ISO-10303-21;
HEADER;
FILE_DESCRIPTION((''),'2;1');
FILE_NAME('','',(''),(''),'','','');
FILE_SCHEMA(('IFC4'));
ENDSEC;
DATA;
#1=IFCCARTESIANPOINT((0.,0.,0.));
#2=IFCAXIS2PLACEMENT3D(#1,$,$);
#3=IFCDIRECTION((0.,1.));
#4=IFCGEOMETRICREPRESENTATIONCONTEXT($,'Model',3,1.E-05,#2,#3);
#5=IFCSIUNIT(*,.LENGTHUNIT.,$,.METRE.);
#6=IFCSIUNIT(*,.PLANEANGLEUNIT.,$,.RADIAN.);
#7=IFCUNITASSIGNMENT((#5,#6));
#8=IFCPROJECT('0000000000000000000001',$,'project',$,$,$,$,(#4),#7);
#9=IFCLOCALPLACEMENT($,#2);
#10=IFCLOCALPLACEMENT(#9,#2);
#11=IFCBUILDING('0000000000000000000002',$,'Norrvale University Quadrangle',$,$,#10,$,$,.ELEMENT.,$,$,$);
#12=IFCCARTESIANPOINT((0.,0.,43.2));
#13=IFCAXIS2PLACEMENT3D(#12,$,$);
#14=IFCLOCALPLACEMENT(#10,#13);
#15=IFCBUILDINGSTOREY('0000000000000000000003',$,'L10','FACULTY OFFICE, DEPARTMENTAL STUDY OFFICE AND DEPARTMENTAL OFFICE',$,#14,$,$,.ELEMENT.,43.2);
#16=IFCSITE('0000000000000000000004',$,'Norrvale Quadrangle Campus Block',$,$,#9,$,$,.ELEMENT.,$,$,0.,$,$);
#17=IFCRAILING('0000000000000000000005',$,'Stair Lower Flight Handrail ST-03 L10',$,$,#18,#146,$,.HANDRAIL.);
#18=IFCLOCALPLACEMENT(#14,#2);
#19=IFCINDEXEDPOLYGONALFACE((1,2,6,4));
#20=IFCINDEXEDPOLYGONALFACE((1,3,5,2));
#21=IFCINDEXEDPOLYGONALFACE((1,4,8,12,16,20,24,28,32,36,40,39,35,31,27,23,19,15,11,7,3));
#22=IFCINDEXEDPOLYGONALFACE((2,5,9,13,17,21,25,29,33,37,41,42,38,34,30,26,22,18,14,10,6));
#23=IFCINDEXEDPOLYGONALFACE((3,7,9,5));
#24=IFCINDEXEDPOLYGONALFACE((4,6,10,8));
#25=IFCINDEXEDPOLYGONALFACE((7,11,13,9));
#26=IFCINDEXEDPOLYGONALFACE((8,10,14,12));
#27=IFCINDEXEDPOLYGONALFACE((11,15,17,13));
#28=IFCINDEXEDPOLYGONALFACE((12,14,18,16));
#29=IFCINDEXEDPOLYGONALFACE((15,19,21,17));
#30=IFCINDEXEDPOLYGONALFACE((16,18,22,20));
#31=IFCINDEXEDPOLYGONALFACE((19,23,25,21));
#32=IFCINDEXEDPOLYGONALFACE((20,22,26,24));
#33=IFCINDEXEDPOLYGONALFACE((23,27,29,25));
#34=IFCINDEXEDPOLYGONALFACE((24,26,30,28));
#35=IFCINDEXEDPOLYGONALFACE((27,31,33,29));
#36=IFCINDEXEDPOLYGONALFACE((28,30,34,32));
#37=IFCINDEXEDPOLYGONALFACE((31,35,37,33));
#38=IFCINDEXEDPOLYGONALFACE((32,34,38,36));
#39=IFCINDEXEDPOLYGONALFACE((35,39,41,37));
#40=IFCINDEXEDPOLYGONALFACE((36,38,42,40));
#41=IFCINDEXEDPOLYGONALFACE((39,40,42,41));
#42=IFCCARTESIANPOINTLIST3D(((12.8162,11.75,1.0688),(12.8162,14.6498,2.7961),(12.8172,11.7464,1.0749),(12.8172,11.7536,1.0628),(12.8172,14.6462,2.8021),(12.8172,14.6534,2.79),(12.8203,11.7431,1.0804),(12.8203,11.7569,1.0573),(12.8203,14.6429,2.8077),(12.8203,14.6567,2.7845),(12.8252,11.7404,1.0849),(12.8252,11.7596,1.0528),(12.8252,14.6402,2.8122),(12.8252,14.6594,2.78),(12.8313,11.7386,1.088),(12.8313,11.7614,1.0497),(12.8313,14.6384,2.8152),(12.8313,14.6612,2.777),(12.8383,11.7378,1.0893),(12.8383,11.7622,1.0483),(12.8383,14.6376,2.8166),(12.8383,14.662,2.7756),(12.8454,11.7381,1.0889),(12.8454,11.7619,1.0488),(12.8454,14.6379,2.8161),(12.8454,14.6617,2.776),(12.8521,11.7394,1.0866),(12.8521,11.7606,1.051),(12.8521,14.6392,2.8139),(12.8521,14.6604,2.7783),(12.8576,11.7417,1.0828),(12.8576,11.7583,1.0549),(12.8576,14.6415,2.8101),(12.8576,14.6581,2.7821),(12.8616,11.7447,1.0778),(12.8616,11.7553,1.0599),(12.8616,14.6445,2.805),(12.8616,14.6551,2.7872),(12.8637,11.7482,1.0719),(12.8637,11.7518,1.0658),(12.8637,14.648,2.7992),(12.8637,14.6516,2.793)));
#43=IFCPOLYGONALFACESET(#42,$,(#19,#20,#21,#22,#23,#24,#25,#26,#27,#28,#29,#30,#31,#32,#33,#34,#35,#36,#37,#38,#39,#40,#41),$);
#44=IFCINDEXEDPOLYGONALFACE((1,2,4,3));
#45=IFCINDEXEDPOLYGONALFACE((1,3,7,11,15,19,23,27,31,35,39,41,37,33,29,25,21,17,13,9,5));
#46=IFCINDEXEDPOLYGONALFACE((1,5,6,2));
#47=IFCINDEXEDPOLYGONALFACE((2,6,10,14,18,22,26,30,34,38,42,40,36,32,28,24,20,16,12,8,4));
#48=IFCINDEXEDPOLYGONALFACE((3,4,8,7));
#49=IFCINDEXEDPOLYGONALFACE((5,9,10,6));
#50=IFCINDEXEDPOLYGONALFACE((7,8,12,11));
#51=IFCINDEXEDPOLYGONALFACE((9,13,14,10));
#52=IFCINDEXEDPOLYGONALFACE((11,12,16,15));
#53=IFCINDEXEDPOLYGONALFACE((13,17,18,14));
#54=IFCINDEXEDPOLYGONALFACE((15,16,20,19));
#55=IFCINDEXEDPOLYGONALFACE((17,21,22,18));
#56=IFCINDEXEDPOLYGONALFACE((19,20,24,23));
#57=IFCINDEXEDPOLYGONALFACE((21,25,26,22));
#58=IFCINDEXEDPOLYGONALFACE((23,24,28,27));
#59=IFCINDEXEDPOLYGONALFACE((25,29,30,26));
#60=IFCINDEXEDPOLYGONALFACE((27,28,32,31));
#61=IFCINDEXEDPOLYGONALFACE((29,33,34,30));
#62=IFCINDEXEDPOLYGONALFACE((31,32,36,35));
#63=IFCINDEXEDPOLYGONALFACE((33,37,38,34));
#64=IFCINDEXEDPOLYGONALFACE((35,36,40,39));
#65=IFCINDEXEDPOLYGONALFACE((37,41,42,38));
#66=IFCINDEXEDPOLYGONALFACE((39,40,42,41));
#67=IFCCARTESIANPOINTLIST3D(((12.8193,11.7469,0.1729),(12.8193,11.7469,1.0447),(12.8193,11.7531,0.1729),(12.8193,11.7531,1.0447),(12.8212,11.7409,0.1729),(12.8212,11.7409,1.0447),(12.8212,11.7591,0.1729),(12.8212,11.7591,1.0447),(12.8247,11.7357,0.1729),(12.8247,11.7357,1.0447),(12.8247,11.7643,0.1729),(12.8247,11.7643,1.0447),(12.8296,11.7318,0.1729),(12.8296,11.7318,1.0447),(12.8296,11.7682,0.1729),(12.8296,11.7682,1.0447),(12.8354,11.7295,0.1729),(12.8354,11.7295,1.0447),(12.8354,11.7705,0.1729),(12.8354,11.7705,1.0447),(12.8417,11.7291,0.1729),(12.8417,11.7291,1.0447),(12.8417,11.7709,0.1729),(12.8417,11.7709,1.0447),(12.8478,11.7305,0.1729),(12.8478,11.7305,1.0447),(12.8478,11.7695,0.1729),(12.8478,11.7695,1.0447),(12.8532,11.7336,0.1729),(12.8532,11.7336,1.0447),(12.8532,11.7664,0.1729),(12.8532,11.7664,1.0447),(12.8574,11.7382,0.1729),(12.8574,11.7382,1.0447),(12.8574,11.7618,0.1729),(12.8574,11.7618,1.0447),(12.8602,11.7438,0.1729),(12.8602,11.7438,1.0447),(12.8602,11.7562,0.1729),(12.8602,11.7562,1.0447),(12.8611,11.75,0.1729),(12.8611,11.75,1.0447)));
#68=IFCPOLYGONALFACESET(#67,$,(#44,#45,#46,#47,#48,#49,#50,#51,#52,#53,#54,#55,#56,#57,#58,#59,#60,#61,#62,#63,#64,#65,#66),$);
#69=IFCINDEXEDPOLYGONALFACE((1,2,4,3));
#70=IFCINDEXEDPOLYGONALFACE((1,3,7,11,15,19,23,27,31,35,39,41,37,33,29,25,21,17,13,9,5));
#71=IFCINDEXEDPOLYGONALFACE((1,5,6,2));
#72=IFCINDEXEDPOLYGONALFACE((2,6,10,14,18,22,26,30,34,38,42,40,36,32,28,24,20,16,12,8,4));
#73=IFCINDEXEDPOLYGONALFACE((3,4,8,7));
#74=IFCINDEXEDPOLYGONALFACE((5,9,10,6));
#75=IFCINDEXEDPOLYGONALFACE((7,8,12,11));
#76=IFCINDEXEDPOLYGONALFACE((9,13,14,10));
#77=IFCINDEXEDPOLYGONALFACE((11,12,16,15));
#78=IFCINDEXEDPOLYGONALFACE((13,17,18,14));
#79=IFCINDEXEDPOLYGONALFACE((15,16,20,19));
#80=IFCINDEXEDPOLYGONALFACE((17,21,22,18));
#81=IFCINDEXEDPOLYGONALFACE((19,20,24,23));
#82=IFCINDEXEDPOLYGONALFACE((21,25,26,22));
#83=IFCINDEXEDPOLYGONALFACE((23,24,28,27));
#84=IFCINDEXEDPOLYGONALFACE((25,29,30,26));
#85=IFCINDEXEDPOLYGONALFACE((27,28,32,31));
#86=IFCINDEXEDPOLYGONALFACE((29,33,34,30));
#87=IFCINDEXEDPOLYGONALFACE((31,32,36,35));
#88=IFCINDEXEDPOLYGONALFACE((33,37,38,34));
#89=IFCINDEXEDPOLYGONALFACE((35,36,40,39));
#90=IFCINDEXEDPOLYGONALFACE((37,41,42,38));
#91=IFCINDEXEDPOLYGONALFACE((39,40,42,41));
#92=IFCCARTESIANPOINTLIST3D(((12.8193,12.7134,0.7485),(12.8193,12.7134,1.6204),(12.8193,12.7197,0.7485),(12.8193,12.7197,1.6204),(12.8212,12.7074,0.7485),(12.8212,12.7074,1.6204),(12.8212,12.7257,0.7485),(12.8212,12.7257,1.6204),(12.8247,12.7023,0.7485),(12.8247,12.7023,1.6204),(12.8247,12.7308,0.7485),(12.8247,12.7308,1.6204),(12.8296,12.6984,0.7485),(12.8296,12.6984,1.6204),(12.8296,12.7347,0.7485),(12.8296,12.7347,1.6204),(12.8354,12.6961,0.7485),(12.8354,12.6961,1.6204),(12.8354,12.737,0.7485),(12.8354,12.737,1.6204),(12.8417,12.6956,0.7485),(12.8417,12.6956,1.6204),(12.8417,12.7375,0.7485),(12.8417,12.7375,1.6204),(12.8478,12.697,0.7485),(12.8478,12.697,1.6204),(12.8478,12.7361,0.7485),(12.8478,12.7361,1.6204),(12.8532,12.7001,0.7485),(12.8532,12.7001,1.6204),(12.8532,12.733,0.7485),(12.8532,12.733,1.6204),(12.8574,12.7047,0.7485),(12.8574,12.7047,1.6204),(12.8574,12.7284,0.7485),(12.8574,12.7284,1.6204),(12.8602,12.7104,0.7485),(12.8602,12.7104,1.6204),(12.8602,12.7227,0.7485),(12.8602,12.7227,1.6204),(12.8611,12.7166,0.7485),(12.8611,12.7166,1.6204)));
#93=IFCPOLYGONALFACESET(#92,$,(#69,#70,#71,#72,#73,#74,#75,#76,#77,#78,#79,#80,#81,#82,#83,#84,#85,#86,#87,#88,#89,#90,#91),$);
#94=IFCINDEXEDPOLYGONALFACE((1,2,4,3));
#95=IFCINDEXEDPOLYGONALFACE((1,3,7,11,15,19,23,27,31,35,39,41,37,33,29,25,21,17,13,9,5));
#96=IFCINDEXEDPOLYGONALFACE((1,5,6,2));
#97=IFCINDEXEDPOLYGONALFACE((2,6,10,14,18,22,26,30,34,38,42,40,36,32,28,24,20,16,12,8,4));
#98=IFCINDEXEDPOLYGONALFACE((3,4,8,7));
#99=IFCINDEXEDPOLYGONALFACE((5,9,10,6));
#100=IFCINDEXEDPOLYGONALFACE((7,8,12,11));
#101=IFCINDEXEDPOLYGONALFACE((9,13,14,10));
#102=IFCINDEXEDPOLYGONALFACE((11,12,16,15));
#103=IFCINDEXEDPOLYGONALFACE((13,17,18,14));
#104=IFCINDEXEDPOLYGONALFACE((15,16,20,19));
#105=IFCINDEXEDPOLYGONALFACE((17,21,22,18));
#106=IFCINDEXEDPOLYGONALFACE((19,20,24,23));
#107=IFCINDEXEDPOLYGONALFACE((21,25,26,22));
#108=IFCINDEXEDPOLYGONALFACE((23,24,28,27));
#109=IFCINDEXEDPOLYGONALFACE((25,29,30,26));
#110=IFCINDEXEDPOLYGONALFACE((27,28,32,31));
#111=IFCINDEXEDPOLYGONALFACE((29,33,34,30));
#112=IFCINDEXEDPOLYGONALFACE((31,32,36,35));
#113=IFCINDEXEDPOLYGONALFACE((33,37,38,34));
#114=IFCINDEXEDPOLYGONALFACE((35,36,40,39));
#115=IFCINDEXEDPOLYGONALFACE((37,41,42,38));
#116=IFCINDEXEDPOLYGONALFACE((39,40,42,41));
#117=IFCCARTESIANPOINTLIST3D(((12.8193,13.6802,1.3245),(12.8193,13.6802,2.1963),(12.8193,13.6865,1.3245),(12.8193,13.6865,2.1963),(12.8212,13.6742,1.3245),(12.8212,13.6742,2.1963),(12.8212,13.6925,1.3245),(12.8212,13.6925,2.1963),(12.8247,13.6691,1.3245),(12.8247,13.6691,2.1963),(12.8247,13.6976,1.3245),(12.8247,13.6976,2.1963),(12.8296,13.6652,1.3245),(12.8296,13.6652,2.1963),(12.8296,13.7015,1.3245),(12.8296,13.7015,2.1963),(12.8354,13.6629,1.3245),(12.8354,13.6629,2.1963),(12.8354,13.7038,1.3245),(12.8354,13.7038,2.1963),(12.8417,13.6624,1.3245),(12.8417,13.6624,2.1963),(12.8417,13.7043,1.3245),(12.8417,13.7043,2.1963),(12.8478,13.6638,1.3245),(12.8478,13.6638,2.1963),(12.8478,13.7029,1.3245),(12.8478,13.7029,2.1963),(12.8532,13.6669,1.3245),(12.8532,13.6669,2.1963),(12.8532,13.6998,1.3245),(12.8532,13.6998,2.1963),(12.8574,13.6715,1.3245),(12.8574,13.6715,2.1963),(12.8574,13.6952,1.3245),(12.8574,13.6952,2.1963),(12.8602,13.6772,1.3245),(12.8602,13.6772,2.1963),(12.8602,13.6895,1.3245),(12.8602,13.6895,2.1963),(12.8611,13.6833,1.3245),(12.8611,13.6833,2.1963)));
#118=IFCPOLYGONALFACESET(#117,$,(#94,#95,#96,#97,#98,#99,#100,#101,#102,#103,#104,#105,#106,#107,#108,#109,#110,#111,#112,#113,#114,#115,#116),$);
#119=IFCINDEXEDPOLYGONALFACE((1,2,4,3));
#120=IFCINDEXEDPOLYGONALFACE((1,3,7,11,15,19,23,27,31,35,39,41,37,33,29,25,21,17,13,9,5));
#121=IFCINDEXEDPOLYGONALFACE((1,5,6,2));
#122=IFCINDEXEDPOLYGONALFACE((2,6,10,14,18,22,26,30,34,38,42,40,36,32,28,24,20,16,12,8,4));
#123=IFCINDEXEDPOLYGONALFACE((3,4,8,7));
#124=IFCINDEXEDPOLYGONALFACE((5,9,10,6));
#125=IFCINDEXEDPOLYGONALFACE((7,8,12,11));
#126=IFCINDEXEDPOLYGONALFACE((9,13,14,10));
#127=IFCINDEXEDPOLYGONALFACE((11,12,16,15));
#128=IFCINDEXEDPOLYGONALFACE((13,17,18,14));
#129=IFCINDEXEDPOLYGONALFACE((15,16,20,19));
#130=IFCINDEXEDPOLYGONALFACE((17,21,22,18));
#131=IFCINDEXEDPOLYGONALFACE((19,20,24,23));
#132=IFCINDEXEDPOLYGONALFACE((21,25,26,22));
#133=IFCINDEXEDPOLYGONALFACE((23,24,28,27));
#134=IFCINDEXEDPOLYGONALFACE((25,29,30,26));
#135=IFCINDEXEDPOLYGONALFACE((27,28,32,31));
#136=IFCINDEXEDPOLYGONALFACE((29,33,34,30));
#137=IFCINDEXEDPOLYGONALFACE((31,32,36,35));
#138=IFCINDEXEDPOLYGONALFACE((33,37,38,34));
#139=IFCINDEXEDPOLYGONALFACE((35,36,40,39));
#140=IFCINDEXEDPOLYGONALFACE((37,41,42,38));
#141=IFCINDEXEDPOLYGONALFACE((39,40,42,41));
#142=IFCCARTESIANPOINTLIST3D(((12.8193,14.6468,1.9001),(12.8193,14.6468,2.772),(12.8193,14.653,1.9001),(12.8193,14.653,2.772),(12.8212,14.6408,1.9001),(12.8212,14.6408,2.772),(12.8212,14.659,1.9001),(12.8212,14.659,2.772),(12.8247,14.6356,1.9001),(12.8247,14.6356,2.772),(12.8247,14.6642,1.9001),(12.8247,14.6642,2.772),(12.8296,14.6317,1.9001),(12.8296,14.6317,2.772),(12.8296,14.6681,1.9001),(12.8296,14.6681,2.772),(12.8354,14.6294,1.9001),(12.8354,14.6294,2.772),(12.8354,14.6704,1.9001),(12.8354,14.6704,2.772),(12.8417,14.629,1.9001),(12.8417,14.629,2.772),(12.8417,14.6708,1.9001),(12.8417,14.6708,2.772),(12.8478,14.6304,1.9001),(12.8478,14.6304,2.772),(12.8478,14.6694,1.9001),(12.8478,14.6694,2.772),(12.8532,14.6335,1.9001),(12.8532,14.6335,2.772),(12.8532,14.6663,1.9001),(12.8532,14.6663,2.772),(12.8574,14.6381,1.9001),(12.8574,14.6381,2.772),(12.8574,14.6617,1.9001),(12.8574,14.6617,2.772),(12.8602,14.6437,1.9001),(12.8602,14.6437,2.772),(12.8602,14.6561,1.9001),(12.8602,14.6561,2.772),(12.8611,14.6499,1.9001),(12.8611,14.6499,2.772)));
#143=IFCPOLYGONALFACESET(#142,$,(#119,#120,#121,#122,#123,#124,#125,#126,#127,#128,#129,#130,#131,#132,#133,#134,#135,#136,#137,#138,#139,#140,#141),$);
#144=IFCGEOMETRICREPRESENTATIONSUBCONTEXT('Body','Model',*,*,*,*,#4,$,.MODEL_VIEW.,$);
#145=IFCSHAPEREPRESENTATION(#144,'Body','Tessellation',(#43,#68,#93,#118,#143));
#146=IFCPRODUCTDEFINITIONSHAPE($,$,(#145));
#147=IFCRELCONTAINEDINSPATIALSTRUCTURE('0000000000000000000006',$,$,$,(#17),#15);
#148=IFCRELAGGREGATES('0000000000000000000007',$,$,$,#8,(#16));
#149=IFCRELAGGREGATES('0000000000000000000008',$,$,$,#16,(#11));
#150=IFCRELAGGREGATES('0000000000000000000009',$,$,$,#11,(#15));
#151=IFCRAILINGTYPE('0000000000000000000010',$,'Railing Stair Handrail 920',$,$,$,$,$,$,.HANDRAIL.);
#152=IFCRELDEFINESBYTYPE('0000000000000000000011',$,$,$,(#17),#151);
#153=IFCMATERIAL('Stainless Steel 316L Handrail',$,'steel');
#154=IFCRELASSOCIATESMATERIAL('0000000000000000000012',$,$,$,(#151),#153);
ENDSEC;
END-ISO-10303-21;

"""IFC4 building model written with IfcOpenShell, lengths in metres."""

from ifc_helpers import new_model, si_unit, direction, frame, origin, origin_2d, place, context, subcontext, project, spatial, circle, extrude, material, type_object, element, save


model = new_model("IFC4")

# Units and contexts
model_context = context("Model", 3, precision=1e-05, world=origin(), true_north=direction((0.0, 1.0)))
body_context = subcontext(model_context, "Body", "Model", "MODEL_VIEW")
ifc_project = project(units=[si_unit("LENGTHUNIT", "METRE"), si_unit("PLANEANGLEUNIT", "RADIAN")], contexts=[model_context])

# Site, building, storey
site_placement = place(None, origin())
site = spatial("IfcSite", under=ifc_project, at=site_placement, Name="Norrvale Quadrangle Campus Block", CompositionType="ELEMENT", RefElevation=0.0)
building_placement = place(site_placement, origin())
building = spatial("IfcBuilding", under=site, at=building_placement, Name="Norrvale University Quadrangle", CompositionType="ELEMENT")
storey_placement = place(building_placement, frame((0.0, 0.0, 43.2)))
storey = spatial("IfcBuildingStorey", under=building, at=storey_placement, Name="L10", Description="FACULTY OFFICE, DEPARTMENTAL STUDY OFFICE AND DEPARTMENTAL OFFICE", CompositionType="ELEMENT", Elevation=43.2)

# Railing
ifc_material_1 = material(Name="Stainless Steel 316L Handrail", Category="steel")
railing_type_1 = type_object("IfcRailingType", Name="Railing Stair Handrail 920", PredefinedType="HANDRAIL", material=ifc_material_1)
railing_1_placement = place(storey_placement, frame((12.8401, 11.75, 0.1729)))
element("IfcRailing", 1, at=railing_1_placement, inside=storey, type_object=railing_type_1, Name="Stair Lower Flight Handrail ST-03 L10", PredefinedType="HANDRAIL", context=body_context, shape_type="SweptSolid", body=[
    extrude(circle(Radius=0.0239, at=origin_2d()), frame((0.0, 0.0, 0.896), z_axis=(0.0, 0.859141, 0.511738), x_axis=(-1.0, 0.0, 0.0)), (0.0, 0.0, 1.0), 3.3752),
    extrude(circle(Radius=0.021, at=origin_2d()), origin(), (0.0, 0.0, 1.0), 0.8718),
    extrude(circle(Radius=0.021, at=origin_2d()), frame((0.0, 0.9666, 0.5757)), (0.0, 0.0, 1.0), 0.8718),
    extrude(circle(Radius=0.021, at=origin_2d()), frame((0.0, 1.9333, 1.1516)), (0.0, 0.0, 1.0), 0.8718),
    extrude(circle(Radius=0.021, at=origin_2d()), frame((0.0, 2.8999, 1.7273)), (0.0, 0.0, 1.0), 0.8718),
])

save(model, "model.ifc")
